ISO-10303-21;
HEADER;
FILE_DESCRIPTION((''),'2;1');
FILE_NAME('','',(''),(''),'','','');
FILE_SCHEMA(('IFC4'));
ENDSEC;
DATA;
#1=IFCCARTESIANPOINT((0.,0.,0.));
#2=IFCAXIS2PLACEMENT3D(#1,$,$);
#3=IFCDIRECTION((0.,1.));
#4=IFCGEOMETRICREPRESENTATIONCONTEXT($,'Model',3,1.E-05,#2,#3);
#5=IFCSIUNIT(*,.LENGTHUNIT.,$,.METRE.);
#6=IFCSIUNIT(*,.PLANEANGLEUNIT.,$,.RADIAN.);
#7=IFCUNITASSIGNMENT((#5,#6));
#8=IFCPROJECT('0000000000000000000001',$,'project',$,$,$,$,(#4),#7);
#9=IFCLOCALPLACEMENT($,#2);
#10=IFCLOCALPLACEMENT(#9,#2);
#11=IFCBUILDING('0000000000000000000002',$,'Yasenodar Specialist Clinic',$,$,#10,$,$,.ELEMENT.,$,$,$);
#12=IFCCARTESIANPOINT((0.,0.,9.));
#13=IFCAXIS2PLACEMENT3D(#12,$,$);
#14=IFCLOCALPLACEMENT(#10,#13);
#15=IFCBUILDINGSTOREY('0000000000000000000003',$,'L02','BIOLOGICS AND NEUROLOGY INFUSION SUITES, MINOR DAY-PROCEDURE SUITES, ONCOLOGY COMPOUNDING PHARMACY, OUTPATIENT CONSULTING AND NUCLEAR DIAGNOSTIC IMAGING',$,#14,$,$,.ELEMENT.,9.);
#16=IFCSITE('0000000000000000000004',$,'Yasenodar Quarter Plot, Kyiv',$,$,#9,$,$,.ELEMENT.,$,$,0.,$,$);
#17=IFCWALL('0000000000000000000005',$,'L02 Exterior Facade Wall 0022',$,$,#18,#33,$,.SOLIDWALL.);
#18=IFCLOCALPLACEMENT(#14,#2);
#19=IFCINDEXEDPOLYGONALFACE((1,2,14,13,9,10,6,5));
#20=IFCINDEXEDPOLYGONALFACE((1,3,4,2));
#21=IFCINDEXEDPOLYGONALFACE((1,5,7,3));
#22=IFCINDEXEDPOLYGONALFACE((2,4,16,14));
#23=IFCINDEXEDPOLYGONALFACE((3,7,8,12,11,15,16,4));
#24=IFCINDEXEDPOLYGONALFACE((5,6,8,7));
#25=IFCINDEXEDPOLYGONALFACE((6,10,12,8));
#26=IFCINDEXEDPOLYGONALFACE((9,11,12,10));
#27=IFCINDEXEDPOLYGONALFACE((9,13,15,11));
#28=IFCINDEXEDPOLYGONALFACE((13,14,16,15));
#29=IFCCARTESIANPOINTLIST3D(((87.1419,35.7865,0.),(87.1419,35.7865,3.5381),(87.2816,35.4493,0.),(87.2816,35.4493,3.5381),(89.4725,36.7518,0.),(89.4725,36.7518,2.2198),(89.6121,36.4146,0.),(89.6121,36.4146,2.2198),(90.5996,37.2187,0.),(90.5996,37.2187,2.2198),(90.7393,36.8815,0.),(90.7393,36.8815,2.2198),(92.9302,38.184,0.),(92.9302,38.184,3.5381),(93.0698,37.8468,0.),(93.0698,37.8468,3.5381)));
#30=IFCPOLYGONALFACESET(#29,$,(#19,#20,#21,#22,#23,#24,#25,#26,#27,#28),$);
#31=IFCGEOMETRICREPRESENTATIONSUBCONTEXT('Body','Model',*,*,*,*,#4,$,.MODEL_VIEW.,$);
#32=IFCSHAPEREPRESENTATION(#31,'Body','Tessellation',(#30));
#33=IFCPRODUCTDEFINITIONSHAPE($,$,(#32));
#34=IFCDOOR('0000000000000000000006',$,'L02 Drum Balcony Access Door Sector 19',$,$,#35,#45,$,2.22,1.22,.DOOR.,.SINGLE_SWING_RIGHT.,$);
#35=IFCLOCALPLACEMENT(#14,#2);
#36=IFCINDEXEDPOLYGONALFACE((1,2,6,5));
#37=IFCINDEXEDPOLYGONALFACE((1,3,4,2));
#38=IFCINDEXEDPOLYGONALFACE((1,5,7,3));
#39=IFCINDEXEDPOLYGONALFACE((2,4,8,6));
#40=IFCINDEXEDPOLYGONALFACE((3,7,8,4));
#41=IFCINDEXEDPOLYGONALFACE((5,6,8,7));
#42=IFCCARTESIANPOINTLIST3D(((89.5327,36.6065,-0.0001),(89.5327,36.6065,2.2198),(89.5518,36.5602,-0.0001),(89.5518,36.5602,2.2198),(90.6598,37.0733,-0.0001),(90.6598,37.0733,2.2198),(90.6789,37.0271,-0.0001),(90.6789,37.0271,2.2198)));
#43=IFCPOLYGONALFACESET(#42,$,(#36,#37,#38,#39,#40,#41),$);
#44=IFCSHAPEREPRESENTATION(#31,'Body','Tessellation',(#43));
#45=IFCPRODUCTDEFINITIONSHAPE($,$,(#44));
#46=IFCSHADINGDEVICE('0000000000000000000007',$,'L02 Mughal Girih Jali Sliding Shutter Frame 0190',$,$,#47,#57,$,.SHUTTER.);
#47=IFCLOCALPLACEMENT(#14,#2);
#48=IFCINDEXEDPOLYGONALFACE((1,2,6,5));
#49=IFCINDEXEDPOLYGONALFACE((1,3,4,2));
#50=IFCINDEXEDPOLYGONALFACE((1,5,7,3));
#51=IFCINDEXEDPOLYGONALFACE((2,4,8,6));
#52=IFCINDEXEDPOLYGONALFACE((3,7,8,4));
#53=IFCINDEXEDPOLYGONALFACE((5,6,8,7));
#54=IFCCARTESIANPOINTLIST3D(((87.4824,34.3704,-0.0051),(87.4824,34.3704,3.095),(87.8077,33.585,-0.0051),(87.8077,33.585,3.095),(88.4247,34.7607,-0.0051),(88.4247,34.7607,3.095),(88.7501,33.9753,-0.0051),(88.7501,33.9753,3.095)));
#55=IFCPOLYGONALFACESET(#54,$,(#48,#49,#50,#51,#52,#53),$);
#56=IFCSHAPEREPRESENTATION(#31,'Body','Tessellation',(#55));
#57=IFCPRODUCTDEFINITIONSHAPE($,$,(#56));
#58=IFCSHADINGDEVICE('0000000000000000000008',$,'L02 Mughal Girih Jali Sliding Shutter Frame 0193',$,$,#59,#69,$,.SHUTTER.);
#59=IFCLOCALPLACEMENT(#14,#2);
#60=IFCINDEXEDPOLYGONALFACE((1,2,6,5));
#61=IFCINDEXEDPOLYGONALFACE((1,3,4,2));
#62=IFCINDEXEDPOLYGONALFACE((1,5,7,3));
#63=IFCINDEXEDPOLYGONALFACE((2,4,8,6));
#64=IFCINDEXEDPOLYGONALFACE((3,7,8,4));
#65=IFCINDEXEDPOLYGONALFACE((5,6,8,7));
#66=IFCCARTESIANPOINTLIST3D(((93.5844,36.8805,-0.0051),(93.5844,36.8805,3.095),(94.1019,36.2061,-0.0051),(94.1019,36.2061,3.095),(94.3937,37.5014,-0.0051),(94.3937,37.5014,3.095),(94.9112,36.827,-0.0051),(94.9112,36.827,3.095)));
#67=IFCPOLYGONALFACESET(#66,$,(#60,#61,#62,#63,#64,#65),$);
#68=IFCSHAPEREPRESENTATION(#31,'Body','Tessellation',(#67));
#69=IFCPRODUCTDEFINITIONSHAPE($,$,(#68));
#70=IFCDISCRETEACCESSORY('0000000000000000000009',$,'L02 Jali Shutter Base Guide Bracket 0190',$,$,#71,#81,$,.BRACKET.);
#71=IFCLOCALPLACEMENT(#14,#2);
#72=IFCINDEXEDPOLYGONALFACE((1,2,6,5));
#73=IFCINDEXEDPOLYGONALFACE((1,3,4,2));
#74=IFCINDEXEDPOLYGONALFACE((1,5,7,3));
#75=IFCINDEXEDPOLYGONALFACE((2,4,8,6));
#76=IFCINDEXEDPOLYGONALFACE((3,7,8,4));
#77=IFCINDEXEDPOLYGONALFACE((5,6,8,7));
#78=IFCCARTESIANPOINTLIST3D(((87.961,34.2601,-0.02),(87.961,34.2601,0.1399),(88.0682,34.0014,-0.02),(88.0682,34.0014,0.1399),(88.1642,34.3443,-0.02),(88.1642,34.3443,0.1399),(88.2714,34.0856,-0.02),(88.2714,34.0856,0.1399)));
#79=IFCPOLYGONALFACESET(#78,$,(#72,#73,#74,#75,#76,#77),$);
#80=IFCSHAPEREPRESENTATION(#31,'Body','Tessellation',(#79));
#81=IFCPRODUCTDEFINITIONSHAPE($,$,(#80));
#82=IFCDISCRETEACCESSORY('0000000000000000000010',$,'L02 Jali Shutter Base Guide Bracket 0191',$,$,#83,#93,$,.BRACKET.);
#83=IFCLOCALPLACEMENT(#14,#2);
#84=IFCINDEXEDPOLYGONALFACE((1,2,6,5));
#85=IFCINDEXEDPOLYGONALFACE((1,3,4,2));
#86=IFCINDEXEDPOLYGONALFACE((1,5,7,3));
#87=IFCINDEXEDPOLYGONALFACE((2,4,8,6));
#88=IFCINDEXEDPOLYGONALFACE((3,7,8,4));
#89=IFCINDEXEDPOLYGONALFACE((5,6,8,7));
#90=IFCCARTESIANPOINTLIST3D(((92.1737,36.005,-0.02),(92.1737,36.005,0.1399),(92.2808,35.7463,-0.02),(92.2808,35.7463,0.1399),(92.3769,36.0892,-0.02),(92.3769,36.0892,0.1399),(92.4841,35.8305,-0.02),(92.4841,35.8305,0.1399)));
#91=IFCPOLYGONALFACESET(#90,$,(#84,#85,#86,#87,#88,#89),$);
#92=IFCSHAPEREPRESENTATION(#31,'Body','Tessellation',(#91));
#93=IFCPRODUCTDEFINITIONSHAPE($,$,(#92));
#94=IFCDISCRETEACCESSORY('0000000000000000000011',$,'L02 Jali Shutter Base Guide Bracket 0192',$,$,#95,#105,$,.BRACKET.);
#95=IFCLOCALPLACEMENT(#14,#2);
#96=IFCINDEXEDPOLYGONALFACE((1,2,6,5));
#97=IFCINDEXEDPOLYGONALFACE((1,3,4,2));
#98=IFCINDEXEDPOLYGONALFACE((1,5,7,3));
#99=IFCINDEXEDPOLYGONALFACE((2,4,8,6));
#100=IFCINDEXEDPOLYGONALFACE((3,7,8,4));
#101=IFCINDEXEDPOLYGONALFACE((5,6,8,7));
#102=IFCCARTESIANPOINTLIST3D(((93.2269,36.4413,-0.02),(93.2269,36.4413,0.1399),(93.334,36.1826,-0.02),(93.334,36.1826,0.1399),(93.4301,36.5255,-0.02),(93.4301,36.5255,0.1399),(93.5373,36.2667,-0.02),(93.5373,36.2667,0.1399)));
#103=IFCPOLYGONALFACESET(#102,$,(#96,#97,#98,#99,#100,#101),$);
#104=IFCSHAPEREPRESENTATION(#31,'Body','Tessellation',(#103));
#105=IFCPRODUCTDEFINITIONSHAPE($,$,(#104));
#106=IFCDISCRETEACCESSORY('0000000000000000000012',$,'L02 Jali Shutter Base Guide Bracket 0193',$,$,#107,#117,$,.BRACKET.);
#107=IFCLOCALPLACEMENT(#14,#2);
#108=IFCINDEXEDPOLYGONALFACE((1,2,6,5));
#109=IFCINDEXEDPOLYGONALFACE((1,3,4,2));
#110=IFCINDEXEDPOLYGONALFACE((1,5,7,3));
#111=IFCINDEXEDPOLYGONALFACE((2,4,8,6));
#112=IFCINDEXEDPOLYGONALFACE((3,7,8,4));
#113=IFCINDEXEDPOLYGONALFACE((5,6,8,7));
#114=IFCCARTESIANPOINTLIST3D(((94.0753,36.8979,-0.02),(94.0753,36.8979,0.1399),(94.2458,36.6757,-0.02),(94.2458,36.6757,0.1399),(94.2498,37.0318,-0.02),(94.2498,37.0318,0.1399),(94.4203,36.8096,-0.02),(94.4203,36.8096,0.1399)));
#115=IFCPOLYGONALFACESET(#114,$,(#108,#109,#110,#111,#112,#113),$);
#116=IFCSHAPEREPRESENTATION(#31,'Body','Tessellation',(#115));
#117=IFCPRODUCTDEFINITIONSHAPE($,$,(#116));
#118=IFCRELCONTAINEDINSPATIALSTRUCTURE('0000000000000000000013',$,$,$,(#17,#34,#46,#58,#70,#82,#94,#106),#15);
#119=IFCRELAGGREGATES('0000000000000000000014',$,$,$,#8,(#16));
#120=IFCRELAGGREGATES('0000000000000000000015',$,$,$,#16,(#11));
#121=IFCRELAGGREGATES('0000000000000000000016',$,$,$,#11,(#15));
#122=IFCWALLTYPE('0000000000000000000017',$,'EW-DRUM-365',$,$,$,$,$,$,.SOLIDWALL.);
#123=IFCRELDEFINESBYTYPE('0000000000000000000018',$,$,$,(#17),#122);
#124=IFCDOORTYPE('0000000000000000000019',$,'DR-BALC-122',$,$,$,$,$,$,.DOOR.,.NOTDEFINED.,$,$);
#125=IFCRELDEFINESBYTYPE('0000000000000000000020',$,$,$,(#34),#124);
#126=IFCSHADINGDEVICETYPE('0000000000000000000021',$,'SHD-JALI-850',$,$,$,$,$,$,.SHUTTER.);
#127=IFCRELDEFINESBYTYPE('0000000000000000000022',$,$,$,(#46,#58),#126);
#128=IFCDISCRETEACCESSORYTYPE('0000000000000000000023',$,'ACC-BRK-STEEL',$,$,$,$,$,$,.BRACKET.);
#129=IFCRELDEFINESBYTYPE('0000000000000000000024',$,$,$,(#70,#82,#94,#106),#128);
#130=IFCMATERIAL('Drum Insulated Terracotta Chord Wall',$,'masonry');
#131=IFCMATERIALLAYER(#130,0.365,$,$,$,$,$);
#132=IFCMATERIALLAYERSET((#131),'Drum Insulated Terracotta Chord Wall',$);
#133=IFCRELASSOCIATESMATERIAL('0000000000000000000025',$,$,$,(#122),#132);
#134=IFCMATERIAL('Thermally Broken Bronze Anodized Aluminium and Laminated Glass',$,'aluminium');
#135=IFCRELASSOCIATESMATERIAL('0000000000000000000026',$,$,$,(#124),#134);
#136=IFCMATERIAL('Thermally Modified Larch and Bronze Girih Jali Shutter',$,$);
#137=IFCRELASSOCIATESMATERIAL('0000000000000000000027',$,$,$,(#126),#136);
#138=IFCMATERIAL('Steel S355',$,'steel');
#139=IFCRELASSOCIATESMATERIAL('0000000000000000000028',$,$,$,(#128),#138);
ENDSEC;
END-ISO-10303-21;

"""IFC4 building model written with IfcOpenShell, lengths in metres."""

from ifc_helpers import new_model, si_unit, direction, frame, frame_2d, origin, origin_2d, place, context, subcontext, project, spatial, rectangle, extrude, material, layer, layer_set, type_object, element, fill, save


model = new_model("IFC4")

# Units and contexts
model_context = context("Model", 3, precision=1e-05, world=origin(), true_north=direction((0.0, 1.0)))
body_context = subcontext(model_context, "Body", "Model", "MODEL_VIEW")
ifc_project = project(units=[si_unit("LENGTHUNIT", "METRE"), si_unit("PLANEANGLEUNIT", "RADIAN")], contexts=[model_context])

# Site, building, storey
site_placement = place(None, origin())
site = spatial("IfcSite", under=ifc_project, at=site_placement, Name="Yasenodar Quarter Plot, Kyiv", CompositionType="ELEMENT", RefElevation=0.0)
building_placement = place(site_placement, origin())
building = spatial("IfcBuilding", under=site, at=building_placement, Name="Yasenodar Specialist Clinic", CompositionType="ELEMENT")
storey_placement = place(building_placement, frame((0.0, 0.0, 9.0)))
storey = spatial("IfcBuildingStorey", under=building, at=storey_placement, Name="L02", Description="BIOLOGICS AND NEUROLOGY INFUSION SUITES, MINOR DAY-PROCEDURE SUITES, ONCOLOGY COMPOUNDING PHARMACY, OUTPATIENT CONSULTING AND NUCLEAR DIAGNOSTIC IMAGING", CompositionType="ELEMENT", Elevation=9.0)

# Shared definitions
ifc_material_1 = material(Name="Steel S355", Category="steel")

# Wall, opening, door
ifc_material_2 = material(Name="Drum Insulated Terracotta Chord Wall", Category="masonry")
ifc_layer_1 = layer(ifc_material_2, 0.365)
ifc_layer_set_1 = layer_set([ifc_layer_1], Name="Drum Insulated Terracotta Chord Wall")
wall_type = type_object("IfcWallType", Name="EW-DRUM-365", PredefinedType="SOLIDWALL", material=ifc_layer_set_1)
wall_placement = place(storey_placement, frame((93.0, 38.0154, 0.0), z_axis=(0.0, 0.0, 1.0), x_axis=(-0.923888, -0.382664, 0.0)))
wall = element("IfcWall", 1, at=wall_placement, inside=storey, type_object=wall_type, Name="L02 Exterior Facade Wall 0022", PredefinedType="SOLIDWALL", context=body_context, shape_type="SweptSolid", body=[
    extrude(rectangle(XDim=6.2651, YDim=0.365, at=frame_2d((3.1326, 0.0))), origin(), (0.0, 0.0, 1.0), 3.5381),
])
opening_placement = place(wall_placement, frame((2.5227, 0.0, 0.0)))
opening = element("IfcOpeningElement", 2, at=opening_placement, cuts=wall, PredefinedType="OPENING", context=body_context, shape_type="SweptSolid", body=[
    extrude(rectangle(XDim=1.22, YDim=2.22, at=frame_2d((0.6099, 1.1099))), frame((0.0, 0.1924, 0.0), z_axis=(0.0, -1.0, 0.0), x_axis=(1.0, 0.0, 0.0)), (0.0, 0.0, 1.0), 0.385),
])
ifc_material_3 = material(Name="Thermally Broken Bronze Anodized Aluminium and Laminated Glass", Category="aluminium")
door_type = type_object("IfcDoorType", Name="DR-BALC-122", OperationType="NOTDEFINED", PredefinedType="DOOR", material=ifc_material_3)
door_placement = place(opening_placement, origin())
door = element("IfcDoor", 3, at=door_placement, inside=storey, type_object=door_type, Name="L02 Drum Balcony Access Door Sector 19", OperationType="SINGLE_SWING_RIGHT", OverallHeight=2.22, OverallWidth=1.22, PredefinedType="DOOR", context=body_context, shape_type="SweptSolid", body=[
    extrude(rectangle(XDim=1.22, YDim=2.22, at=frame_2d((0.6099, 1.1099))), frame((0.0, 0.0249, 0.0), z_axis=(0.0, -1.0, 0.0), x_axis=(1.0, 0.0, 0.0)), (0.0, 0.0, 1.0), 0.05),
])
fill(opening, door)

# Shading devices
ifc_material_4 = material(Name="Thermally Modified Larch and Bronze Girih Jali Shutter")
shading_device_type = type_object("IfcShadingDeviceType", Name="SHD-JALI-850", PredefinedType="SHUTTER", material=ifc_material_4)
for number, where, z_axis, x_axis, name in (
    (4, (88.1162, 34.1729, -0.0051), (0.0, 0.0, 1.0), (0.923878, 0.382687, 0.0), "L02 Mughal Girih Jali Sliding Shutter Frame 0190"),
    (5, (94.2478, 36.8538, -0.0051), (0.0, 0.0, 1.0), (0.793351, 0.608764, 0.0), "L02 Mughal Girih Jali Sliding Shutter Frame 0193"),
):
    element("IfcShadingDevice", number, at=place(storey_placement, frame(where, z_axis=z_axis, x_axis=x_axis)), inside=storey, type_object=shading_device_type, Name=name, PredefinedType="SHUTTER", context=body_context, shape_type="SweptSolid", body=[
        extrude(rectangle(XDim=1.02, YDim=0.8501, at=origin_2d()), origin(), (0.0, 0.0, 1.0), 3.1001),
    ])

# Discrete accessories
discrete_accessory_type = type_object("IfcDiscreteAccessoryType", Name="ACC-BRK-STEEL", PredefinedType="BRACKET", material=ifc_material_1)
for number, where, z_axis, x_axis, name in (
    (6, (88.1162, 34.1729, -0.02), (0.0, 0.0, 1.0), (0.923878, 0.382687, 0.0), "L02 Jali Shutter Base Guide Bracket 0190"),
    (7, (92.3289, 35.9177, -0.02), (0.0, 0.0, 1.0), (0.923878, 0.382687, 0.0), "L02 Jali Shutter Base Guide Bracket 0191"),
    (8, (93.3821, 36.354, -0.02), (0.0, 0.0, 1.0), (0.923878, 0.382687, 0.0), "L02 Jali Shutter Base Guide Bracket 0192"),
    (9, (94.2478, 36.8538, -0.02), (0.0, 0.0, 1.0), (0.793351, 0.608764, 0.0), "L02 Jali Shutter Base Guide Bracket 0193"),
):
    element("IfcDiscreteAccessory", number, at=place(storey_placement, frame(where, z_axis=z_axis, x_axis=x_axis)), inside=storey, type_object=discrete_accessory_type, Name=name, PredefinedType="BRACKET", context=body_context, shape_type="SweptSolid", body=[
        extrude(rectangle(XDim=0.22, YDim=0.28, at=origin_2d()), origin(), (0.0, 0.0, 1.0), 0.1599),
    ])

save(model, "model.ifc")
